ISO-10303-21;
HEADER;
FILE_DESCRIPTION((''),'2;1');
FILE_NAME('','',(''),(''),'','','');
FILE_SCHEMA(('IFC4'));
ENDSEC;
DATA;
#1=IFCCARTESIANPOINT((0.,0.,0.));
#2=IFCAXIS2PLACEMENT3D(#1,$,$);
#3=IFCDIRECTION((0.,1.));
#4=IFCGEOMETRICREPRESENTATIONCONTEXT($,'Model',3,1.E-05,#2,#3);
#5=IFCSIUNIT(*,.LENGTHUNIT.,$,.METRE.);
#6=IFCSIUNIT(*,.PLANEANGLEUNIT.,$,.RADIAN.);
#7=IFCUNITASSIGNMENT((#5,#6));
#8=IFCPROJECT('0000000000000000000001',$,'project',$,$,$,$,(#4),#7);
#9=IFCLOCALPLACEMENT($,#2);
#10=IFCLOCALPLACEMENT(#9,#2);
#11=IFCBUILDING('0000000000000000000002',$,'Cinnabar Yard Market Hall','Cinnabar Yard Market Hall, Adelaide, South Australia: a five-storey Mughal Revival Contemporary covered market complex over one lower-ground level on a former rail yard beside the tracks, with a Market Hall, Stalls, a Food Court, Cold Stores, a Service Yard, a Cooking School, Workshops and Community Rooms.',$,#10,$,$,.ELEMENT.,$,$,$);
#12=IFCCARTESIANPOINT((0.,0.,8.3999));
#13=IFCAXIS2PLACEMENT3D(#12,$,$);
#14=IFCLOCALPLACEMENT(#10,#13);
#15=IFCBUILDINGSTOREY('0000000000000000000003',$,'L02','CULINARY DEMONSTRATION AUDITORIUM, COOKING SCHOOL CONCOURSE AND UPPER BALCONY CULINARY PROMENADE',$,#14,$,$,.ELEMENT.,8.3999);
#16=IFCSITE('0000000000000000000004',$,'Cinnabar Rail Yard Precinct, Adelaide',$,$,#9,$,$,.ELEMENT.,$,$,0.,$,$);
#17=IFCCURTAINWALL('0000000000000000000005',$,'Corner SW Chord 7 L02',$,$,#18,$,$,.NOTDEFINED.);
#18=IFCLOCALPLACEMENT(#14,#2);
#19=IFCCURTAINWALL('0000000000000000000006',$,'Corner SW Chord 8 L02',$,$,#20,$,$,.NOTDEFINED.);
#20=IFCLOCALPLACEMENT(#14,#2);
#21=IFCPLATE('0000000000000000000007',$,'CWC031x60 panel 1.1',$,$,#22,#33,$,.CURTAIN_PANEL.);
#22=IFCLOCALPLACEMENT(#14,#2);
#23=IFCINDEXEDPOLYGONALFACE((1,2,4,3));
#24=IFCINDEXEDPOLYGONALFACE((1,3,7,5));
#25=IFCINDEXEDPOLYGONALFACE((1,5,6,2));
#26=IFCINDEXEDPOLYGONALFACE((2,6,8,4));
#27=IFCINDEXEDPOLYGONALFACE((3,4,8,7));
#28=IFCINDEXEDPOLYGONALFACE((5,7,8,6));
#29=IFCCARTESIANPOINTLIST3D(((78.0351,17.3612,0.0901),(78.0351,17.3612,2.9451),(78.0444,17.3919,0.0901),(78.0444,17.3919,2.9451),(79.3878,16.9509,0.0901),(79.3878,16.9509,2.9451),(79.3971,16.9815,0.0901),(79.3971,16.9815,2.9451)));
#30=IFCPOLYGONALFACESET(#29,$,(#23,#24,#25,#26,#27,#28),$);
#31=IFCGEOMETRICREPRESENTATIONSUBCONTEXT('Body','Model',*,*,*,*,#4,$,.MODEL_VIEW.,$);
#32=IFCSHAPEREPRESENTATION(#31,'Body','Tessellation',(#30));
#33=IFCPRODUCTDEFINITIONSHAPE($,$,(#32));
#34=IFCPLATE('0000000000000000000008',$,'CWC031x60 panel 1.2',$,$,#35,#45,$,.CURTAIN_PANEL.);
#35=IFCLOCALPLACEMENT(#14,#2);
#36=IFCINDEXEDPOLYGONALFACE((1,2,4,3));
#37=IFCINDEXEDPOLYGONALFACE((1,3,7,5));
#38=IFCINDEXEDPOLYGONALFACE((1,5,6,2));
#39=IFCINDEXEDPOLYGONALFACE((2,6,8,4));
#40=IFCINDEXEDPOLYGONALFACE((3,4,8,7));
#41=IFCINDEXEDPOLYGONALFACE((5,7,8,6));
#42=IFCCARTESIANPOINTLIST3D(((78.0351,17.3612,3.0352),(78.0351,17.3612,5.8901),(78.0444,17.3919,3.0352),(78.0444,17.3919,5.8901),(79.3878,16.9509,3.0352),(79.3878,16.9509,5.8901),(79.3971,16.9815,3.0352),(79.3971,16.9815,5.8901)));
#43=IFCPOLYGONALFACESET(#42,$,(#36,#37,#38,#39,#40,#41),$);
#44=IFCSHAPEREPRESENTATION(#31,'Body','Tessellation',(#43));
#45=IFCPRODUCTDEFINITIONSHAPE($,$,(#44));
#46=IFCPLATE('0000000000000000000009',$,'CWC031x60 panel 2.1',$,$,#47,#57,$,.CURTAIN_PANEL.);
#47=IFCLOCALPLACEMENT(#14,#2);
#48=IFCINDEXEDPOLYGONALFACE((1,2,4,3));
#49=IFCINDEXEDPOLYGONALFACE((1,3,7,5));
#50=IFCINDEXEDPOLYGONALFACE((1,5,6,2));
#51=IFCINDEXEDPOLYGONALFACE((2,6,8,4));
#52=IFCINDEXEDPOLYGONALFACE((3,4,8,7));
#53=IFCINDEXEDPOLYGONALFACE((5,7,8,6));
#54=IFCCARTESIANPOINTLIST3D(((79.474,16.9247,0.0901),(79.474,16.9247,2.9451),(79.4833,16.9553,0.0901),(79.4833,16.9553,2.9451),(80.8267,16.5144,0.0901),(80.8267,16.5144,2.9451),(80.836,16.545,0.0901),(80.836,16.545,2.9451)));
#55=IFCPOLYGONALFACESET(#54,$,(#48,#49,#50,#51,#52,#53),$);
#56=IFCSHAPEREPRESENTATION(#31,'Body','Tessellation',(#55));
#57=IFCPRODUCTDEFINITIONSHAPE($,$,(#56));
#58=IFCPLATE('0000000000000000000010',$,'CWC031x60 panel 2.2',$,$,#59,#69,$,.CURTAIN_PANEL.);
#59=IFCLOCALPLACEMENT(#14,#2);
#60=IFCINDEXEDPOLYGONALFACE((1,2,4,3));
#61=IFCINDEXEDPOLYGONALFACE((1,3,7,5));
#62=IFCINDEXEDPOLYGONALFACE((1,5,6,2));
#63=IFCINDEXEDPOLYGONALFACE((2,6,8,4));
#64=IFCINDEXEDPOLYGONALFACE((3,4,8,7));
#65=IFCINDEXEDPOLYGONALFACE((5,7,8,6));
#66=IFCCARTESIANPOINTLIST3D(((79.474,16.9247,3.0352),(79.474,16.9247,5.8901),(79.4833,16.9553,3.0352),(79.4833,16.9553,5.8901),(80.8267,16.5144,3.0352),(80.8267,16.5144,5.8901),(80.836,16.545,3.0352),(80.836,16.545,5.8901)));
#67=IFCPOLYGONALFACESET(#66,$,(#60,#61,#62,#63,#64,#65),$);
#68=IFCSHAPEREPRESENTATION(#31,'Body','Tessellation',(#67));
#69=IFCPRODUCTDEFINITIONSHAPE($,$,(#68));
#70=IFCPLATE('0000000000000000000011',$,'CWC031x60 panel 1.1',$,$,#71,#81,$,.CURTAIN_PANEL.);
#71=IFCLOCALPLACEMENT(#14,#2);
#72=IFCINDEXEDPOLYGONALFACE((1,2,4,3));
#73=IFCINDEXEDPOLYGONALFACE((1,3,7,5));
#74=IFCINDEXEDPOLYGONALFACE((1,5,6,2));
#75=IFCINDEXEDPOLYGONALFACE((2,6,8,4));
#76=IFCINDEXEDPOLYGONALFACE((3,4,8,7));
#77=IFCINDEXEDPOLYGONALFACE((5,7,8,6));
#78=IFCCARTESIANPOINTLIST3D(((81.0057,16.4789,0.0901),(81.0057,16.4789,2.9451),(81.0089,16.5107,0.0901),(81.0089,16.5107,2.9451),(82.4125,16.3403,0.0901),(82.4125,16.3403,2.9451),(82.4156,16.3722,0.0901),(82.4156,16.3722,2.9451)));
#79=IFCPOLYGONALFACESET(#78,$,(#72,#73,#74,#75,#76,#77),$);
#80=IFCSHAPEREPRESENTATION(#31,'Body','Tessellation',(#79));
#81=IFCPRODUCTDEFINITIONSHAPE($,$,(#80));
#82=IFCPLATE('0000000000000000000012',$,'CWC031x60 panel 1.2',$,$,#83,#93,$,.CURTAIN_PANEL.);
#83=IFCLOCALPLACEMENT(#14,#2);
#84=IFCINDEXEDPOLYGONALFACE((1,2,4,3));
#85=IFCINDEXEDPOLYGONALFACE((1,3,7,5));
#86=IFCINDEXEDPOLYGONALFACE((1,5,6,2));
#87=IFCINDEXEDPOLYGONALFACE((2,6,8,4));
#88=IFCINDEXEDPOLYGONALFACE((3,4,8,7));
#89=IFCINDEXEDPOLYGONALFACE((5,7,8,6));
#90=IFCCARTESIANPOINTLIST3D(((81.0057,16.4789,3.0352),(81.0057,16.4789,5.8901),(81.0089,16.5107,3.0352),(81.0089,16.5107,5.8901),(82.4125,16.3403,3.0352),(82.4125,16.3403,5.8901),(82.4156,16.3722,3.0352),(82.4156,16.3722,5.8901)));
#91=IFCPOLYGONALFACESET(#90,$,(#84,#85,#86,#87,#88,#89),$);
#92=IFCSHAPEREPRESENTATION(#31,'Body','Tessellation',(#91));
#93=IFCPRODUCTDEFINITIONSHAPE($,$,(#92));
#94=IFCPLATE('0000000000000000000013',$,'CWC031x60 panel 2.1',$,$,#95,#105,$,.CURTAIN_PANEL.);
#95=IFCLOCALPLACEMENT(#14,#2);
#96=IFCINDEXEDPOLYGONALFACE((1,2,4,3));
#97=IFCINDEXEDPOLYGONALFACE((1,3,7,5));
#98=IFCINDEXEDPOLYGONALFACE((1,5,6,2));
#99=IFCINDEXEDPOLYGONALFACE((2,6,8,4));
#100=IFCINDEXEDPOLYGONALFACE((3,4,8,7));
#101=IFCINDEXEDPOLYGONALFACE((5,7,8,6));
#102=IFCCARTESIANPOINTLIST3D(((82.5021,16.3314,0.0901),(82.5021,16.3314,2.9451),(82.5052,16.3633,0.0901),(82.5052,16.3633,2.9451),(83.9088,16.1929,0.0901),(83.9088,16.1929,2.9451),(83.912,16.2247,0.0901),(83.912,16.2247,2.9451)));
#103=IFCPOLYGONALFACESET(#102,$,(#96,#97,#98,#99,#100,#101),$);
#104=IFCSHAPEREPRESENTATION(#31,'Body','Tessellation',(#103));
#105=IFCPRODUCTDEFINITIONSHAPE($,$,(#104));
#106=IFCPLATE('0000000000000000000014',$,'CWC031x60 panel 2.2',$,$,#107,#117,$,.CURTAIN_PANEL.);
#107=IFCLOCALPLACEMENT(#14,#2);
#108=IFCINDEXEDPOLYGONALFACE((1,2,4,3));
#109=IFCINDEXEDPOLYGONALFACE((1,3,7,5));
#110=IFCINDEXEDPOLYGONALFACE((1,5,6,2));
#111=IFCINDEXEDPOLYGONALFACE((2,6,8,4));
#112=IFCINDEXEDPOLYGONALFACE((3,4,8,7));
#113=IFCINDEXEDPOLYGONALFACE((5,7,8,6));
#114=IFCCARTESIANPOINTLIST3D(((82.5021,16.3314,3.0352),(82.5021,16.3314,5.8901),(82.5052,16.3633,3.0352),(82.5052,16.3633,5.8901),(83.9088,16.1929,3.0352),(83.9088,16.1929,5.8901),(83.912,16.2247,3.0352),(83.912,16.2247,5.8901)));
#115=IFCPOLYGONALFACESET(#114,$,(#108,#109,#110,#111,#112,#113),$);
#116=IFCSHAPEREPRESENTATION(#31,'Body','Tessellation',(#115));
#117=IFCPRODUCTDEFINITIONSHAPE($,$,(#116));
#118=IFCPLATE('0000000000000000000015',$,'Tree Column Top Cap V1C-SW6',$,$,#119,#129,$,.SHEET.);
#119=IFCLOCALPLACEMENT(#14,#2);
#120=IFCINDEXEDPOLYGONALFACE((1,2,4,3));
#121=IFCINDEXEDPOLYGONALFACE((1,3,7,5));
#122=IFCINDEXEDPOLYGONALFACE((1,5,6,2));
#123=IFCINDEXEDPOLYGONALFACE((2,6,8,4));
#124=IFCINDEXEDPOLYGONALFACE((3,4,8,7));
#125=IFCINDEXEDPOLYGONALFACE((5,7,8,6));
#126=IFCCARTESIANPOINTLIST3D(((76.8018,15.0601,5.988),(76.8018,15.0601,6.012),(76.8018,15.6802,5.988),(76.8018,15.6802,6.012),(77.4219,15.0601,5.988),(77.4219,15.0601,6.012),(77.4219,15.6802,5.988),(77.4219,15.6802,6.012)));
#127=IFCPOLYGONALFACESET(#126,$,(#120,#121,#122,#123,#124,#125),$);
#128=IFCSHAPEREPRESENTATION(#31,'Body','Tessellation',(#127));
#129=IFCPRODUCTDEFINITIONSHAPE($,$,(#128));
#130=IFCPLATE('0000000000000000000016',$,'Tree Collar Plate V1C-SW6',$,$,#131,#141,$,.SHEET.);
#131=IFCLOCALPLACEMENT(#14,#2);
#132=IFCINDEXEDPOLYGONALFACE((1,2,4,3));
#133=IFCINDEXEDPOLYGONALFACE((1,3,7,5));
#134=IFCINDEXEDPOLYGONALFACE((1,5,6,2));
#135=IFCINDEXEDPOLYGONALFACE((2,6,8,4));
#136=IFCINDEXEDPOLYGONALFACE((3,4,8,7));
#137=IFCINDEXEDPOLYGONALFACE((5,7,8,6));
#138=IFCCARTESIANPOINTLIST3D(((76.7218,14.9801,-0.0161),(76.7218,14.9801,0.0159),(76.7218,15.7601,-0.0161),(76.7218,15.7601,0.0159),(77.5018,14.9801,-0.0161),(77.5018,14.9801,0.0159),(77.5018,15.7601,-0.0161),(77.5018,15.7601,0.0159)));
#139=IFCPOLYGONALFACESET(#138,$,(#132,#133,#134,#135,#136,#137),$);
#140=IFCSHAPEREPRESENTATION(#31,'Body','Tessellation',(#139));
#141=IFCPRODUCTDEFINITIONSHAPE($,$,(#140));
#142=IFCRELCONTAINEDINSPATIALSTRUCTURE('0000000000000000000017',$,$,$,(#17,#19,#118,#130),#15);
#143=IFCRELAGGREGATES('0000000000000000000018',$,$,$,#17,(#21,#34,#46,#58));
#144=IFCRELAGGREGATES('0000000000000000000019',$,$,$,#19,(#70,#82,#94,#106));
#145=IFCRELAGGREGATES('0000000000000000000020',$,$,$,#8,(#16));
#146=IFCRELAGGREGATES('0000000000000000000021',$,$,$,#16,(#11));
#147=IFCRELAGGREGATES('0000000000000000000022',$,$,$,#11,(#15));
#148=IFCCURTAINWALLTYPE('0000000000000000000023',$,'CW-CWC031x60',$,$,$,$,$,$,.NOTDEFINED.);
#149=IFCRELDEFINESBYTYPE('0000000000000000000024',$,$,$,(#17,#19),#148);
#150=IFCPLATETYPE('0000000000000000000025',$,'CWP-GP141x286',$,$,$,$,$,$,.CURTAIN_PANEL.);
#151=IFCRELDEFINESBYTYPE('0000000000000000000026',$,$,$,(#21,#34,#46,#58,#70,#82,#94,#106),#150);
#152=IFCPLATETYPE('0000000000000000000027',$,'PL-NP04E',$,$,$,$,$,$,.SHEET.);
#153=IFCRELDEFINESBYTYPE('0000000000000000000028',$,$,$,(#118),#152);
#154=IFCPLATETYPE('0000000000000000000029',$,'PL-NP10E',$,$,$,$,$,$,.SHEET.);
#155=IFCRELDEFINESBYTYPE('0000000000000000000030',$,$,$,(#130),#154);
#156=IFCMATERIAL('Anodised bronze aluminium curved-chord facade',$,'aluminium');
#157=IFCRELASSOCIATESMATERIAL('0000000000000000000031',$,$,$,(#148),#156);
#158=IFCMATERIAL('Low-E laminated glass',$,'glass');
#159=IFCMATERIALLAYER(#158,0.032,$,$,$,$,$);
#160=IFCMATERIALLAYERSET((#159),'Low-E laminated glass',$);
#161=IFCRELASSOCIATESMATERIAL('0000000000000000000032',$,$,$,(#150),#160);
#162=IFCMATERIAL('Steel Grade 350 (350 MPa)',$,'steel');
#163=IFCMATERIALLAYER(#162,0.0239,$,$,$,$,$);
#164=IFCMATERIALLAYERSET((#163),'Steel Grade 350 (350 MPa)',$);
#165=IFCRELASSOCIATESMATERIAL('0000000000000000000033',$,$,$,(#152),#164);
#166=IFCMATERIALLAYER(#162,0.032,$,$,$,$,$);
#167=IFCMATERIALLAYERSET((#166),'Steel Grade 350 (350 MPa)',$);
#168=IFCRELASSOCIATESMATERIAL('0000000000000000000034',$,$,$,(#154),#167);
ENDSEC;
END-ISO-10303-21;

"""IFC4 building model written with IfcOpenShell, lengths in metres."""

from ifc_helpers import new_model, si_unit, direction, frame, origin, origin_2d_with_axis, place, context, subcontext, project, spatial, rectangle, extrude, material, layer, layer_set, type_object, element, aggregate, save


model = new_model("IFC4")

# Units and contexts
model_context = context("Model", 3, precision=1e-05, world=origin(), true_north=direction((0.0, 1.0)))
body_context = subcontext(model_context, "Body", "Model", "MODEL_VIEW")
ifc_project = project(units=[si_unit("LENGTHUNIT", "METRE"), si_unit("PLANEANGLEUNIT", "RADIAN")], contexts=[model_context])

# Site, building, storey
site_placement = place(None, origin())
site = spatial("IfcSite", under=ifc_project, at=site_placement, Name="Cinnabar Rail Yard Precinct, Adelaide", CompositionType="ELEMENT", RefElevation=0.0)
building_placement = place(site_placement, origin())
building = spatial("IfcBuilding", under=site, at=building_placement, Name="Cinnabar Yard Market Hall", Description="Cinnabar Yard Market Hall, Adelaide, South Australia: a five-storey Mughal Revival Contemporary covered market complex over one lower-ground level on a former rail yard beside the tracks, with a Market Hall, Stalls, a Food Court, Cold Stores, a Service Yard, a Cooking School, Workshops and Community Rooms.", CompositionType="ELEMENT")
storey_placement = place(building_placement, frame((0.0, 0.0, 8.3999)))
storey = spatial("IfcBuildingStorey", under=building, at=storey_placement, Name="L02", Description="CULINARY DEMONSTRATION AUDITORIUM, COOKING SCHOOL CONCOURSE AND UPPER BALCONY CULINARY PROMENADE", CompositionType="ELEMENT", Elevation=8.3999)

# Shared definitions
ifc_material_1 = material(Name="Anodised bronze aluminium curved-chord facade", Category="aluminium")
curtain_wall_type = type_object("IfcCurtainWallType", Name="CW-CWC031x60", PredefinedType="NOTDEFINED", material=ifc_material_1)

# Curtain walls
curtain_wall_1_placement = place(storey_placement, origin())
curtain_wall_1 = element("IfcCurtainWall", 1, at=curtain_wall_1_placement, inside=storey, type_object=curtain_wall_type, Name="Corner SW Chord 7 L02", PredefinedType="NOTDEFINED")
curtain_wall_2_placement = place(storey_placement, origin())
curtain_wall_2 = element("IfcCurtainWall", 2, at=curtain_wall_2_placement, inside=storey, type_object=curtain_wall_type, Name="Corner SW Chord 8 L02", PredefinedType="NOTDEFINED")

# Plates
ifc_material_2 = material(Name="Low-E laminated glass", Category="glass")
ifc_layer_1 = layer(ifc_material_2, 0.032)
ifc_layer_set_1 = layer_set([ifc_layer_1], Name="Low-E laminated glass")
plate_type_1 = type_object("IfcPlateType", Name="CWP-GP141x286", PredefinedType="CURTAIN_PANEL", material=ifc_layer_set_1)
plate_1_placement = place(storey_placement, frame((78.7161, 17.1714, 0.0901), z_axis=(0.0, 0.0, 1.0), x_axis=(0.956942, -0.290279, 0.0)))
plate_1 = element("IfcPlate", 3, at=plate_1_placement, type_object=plate_type_1, Name="CWC031x60 panel 1.1", PredefinedType="CURTAIN_PANEL", context=body_context, shape_type="SweptSolid", body=[
    extrude(rectangle(XDim=1.4136, YDim=0.032, at=origin_2d_with_axis()), origin(), (0.0, 0.0, 1.0), 2.855),
])
plate_2_placement = place(storey_placement, frame((78.7161, 17.1714, 3.0352), z_axis=(0.0, 0.0, 1.0), x_axis=(0.956942, -0.290279, 0.0)))
plate_2 = element("IfcPlate", 4, at=plate_2_placement, type_object=plate_type_1, Name="CWC031x60 panel 1.2", PredefinedType="CURTAIN_PANEL", context=body_context, shape_type="SweptSolid", body=[
    extrude(rectangle(XDim=1.4136, YDim=0.032, at=origin_2d_with_axis()), origin(), (0.0, 0.0, 1.0), 2.855),
])
plate_3_placement = place(storey_placement, frame((80.155, 16.7349, 0.0901), z_axis=(0.0, 0.0, 1.0), x_axis=(0.956942, -0.290279, 0.0)))
plate_3 = element("IfcPlate", 5, at=plate_3_placement, type_object=plate_type_1, Name="CWC031x60 panel 2.1", PredefinedType="CURTAIN_PANEL", context=body_context, shape_type="SweptSolid", body=[
    extrude(rectangle(XDim=1.4136, YDim=0.032, at=origin_2d_with_axis()), origin(), (0.0, 0.0, 1.0), 2.855),
])
plate_4_placement = place(storey_placement, frame((80.155, 16.7349, 3.0352), z_axis=(0.0, 0.0, 1.0), x_axis=(0.956942, -0.290279, 0.0)))
plate_4 = element("IfcPlate", 6, at=plate_4_placement, type_object=plate_type_1, Name="CWC031x60 panel 2.2", PredefinedType="CURTAIN_PANEL", context=body_context, shape_type="SweptSolid", body=[
    extrude(rectangle(XDim=1.4136, YDim=0.032, at=origin_2d_with_axis()), origin(), (0.0, 0.0, 1.0), 2.855),
])
aggregate(curtain_wall_1, [plate_1, plate_2, plate_3, plate_4])
plate_5_placement = place(storey_placement, frame((81.7107, 16.4255, 0.0901), z_axis=(0.0, 0.0, 1.0), x_axis=(0.995184, -0.09802, 0.0)))
plate_5 = element("IfcPlate", 7, at=plate_5_placement, type_object=plate_type_1, Name="CWC031x60 panel 1.1", PredefinedType="CURTAIN_PANEL", context=body_context, shape_type="SweptSolid", body=[
    extrude(rectangle(XDim=1.4136, YDim=0.032, at=origin_2d_with_axis()), origin(), (0.0, 0.0, 1.0), 2.855),
])
plate_6_placement = place(storey_placement, frame((81.7107, 16.4255, 3.0352), z_axis=(0.0, 0.0, 1.0), x_axis=(0.995184, -0.09802, 0.0)))
plate_6 = element("IfcPlate", 8, at=plate_6_placement, type_object=plate_type_1, Name="CWC031x60 panel 1.2", PredefinedType="CURTAIN_PANEL", context=body_context, shape_type="SweptSolid", body=[
    extrude(rectangle(XDim=1.4136, YDim=0.032, at=origin_2d_with_axis()), origin(), (0.0, 0.0, 1.0), 2.855),
])
plate_7_placement = place(storey_placement, frame((83.207, 16.2781, 0.0901), z_axis=(0.0, 0.0, 1.0), x_axis=(0.995184, -0.09802, 0.0)))
plate_7 = element("IfcPlate", 9, at=plate_7_placement, type_object=plate_type_1, Name="CWC031x60 panel 2.1", PredefinedType="CURTAIN_PANEL", context=body_context, shape_type="SweptSolid", body=[
    extrude(rectangle(XDim=1.4136, YDim=0.032, at=origin_2d_with_axis()), origin(), (0.0, 0.0, 1.0), 2.855),
])
plate_8_placement = place(storey_placement, frame((83.207, 16.2781, 3.0352), z_axis=(0.0, 0.0, 1.0), x_axis=(0.995184, -0.09802, 0.0)))
plate_8 = element("IfcPlate", 10, at=plate_8_placement, type_object=plate_type_1, Name="CWC031x60 panel 2.2", PredefinedType="CURTAIN_PANEL", context=body_context, shape_type="SweptSolid", body=[
    extrude(rectangle(XDim=1.4136, YDim=0.032, at=origin_2d_with_axis()), origin(), (0.0, 0.0, 1.0), 2.855),
])
aggregate(curtain_wall_2, [plate_5, plate_6, plate_7, plate_8])

# Plates
ifc_material_3 = material(Name="Steel Grade 350 (350 MPa)", Category="steel")
ifc_layer_2 = layer(ifc_material_3, 0.0239)
ifc_layer_set_2 = layer_set([ifc_layer_2], Name="Steel Grade 350 (350 MPa)")
plate_type_2 = type_object("IfcPlateType", Name="PL-NP04E", PredefinedType="SHEET", material=ifc_layer_set_2)
plate_9_placement = place(storey_placement, frame((77.1118, 15.3701, 5.988), z_axis=(0.0, 0.0, 1.0), x_axis=(1.0, 0.0, 0.0)))
element("IfcPlate", 11, at=plate_9_placement, inside=storey, type_object=plate_type_2, Name="Tree Column Top Cap V1C-SW6", PredefinedType="SHEET", context=body_context, shape_type="SweptSolid", body=[
    extrude(rectangle(XDim=0.6201, YDim=0.6201, at=origin_2d_with_axis()), origin(), (0.0, 0.0, 1.0), 0.0239),
])
ifc_layer_3 = layer(ifc_material_3, 0.032)
ifc_layer_set_3 = layer_set([ifc_layer_3], Name="Steel Grade 350 (350 MPa)")
plate_type_3 = type_object("IfcPlateType", Name="PL-NP10E", PredefinedType="SHEET", material=ifc_layer_set_3)
plate_10_placement = place(storey_placement, frame((77.1118, 15.3701, -0.0161), z_axis=(0.0, 0.0, 1.0), x_axis=(1.0, 0.0, 0.0)))
element("IfcPlate", 12, at=plate_10_placement, inside=storey, type_object=plate_type_3, Name="Tree Collar Plate V1C-SW6", PredefinedType="SHEET", context=body_context, shape_type="SweptSolid", body=[
    extrude(rectangle(XDim=0.78, YDim=0.78, at=origin_2d_with_axis()), origin(), (0.0, 0.0, 1.0), 0.032),
])

save(model, "model.ifc")
